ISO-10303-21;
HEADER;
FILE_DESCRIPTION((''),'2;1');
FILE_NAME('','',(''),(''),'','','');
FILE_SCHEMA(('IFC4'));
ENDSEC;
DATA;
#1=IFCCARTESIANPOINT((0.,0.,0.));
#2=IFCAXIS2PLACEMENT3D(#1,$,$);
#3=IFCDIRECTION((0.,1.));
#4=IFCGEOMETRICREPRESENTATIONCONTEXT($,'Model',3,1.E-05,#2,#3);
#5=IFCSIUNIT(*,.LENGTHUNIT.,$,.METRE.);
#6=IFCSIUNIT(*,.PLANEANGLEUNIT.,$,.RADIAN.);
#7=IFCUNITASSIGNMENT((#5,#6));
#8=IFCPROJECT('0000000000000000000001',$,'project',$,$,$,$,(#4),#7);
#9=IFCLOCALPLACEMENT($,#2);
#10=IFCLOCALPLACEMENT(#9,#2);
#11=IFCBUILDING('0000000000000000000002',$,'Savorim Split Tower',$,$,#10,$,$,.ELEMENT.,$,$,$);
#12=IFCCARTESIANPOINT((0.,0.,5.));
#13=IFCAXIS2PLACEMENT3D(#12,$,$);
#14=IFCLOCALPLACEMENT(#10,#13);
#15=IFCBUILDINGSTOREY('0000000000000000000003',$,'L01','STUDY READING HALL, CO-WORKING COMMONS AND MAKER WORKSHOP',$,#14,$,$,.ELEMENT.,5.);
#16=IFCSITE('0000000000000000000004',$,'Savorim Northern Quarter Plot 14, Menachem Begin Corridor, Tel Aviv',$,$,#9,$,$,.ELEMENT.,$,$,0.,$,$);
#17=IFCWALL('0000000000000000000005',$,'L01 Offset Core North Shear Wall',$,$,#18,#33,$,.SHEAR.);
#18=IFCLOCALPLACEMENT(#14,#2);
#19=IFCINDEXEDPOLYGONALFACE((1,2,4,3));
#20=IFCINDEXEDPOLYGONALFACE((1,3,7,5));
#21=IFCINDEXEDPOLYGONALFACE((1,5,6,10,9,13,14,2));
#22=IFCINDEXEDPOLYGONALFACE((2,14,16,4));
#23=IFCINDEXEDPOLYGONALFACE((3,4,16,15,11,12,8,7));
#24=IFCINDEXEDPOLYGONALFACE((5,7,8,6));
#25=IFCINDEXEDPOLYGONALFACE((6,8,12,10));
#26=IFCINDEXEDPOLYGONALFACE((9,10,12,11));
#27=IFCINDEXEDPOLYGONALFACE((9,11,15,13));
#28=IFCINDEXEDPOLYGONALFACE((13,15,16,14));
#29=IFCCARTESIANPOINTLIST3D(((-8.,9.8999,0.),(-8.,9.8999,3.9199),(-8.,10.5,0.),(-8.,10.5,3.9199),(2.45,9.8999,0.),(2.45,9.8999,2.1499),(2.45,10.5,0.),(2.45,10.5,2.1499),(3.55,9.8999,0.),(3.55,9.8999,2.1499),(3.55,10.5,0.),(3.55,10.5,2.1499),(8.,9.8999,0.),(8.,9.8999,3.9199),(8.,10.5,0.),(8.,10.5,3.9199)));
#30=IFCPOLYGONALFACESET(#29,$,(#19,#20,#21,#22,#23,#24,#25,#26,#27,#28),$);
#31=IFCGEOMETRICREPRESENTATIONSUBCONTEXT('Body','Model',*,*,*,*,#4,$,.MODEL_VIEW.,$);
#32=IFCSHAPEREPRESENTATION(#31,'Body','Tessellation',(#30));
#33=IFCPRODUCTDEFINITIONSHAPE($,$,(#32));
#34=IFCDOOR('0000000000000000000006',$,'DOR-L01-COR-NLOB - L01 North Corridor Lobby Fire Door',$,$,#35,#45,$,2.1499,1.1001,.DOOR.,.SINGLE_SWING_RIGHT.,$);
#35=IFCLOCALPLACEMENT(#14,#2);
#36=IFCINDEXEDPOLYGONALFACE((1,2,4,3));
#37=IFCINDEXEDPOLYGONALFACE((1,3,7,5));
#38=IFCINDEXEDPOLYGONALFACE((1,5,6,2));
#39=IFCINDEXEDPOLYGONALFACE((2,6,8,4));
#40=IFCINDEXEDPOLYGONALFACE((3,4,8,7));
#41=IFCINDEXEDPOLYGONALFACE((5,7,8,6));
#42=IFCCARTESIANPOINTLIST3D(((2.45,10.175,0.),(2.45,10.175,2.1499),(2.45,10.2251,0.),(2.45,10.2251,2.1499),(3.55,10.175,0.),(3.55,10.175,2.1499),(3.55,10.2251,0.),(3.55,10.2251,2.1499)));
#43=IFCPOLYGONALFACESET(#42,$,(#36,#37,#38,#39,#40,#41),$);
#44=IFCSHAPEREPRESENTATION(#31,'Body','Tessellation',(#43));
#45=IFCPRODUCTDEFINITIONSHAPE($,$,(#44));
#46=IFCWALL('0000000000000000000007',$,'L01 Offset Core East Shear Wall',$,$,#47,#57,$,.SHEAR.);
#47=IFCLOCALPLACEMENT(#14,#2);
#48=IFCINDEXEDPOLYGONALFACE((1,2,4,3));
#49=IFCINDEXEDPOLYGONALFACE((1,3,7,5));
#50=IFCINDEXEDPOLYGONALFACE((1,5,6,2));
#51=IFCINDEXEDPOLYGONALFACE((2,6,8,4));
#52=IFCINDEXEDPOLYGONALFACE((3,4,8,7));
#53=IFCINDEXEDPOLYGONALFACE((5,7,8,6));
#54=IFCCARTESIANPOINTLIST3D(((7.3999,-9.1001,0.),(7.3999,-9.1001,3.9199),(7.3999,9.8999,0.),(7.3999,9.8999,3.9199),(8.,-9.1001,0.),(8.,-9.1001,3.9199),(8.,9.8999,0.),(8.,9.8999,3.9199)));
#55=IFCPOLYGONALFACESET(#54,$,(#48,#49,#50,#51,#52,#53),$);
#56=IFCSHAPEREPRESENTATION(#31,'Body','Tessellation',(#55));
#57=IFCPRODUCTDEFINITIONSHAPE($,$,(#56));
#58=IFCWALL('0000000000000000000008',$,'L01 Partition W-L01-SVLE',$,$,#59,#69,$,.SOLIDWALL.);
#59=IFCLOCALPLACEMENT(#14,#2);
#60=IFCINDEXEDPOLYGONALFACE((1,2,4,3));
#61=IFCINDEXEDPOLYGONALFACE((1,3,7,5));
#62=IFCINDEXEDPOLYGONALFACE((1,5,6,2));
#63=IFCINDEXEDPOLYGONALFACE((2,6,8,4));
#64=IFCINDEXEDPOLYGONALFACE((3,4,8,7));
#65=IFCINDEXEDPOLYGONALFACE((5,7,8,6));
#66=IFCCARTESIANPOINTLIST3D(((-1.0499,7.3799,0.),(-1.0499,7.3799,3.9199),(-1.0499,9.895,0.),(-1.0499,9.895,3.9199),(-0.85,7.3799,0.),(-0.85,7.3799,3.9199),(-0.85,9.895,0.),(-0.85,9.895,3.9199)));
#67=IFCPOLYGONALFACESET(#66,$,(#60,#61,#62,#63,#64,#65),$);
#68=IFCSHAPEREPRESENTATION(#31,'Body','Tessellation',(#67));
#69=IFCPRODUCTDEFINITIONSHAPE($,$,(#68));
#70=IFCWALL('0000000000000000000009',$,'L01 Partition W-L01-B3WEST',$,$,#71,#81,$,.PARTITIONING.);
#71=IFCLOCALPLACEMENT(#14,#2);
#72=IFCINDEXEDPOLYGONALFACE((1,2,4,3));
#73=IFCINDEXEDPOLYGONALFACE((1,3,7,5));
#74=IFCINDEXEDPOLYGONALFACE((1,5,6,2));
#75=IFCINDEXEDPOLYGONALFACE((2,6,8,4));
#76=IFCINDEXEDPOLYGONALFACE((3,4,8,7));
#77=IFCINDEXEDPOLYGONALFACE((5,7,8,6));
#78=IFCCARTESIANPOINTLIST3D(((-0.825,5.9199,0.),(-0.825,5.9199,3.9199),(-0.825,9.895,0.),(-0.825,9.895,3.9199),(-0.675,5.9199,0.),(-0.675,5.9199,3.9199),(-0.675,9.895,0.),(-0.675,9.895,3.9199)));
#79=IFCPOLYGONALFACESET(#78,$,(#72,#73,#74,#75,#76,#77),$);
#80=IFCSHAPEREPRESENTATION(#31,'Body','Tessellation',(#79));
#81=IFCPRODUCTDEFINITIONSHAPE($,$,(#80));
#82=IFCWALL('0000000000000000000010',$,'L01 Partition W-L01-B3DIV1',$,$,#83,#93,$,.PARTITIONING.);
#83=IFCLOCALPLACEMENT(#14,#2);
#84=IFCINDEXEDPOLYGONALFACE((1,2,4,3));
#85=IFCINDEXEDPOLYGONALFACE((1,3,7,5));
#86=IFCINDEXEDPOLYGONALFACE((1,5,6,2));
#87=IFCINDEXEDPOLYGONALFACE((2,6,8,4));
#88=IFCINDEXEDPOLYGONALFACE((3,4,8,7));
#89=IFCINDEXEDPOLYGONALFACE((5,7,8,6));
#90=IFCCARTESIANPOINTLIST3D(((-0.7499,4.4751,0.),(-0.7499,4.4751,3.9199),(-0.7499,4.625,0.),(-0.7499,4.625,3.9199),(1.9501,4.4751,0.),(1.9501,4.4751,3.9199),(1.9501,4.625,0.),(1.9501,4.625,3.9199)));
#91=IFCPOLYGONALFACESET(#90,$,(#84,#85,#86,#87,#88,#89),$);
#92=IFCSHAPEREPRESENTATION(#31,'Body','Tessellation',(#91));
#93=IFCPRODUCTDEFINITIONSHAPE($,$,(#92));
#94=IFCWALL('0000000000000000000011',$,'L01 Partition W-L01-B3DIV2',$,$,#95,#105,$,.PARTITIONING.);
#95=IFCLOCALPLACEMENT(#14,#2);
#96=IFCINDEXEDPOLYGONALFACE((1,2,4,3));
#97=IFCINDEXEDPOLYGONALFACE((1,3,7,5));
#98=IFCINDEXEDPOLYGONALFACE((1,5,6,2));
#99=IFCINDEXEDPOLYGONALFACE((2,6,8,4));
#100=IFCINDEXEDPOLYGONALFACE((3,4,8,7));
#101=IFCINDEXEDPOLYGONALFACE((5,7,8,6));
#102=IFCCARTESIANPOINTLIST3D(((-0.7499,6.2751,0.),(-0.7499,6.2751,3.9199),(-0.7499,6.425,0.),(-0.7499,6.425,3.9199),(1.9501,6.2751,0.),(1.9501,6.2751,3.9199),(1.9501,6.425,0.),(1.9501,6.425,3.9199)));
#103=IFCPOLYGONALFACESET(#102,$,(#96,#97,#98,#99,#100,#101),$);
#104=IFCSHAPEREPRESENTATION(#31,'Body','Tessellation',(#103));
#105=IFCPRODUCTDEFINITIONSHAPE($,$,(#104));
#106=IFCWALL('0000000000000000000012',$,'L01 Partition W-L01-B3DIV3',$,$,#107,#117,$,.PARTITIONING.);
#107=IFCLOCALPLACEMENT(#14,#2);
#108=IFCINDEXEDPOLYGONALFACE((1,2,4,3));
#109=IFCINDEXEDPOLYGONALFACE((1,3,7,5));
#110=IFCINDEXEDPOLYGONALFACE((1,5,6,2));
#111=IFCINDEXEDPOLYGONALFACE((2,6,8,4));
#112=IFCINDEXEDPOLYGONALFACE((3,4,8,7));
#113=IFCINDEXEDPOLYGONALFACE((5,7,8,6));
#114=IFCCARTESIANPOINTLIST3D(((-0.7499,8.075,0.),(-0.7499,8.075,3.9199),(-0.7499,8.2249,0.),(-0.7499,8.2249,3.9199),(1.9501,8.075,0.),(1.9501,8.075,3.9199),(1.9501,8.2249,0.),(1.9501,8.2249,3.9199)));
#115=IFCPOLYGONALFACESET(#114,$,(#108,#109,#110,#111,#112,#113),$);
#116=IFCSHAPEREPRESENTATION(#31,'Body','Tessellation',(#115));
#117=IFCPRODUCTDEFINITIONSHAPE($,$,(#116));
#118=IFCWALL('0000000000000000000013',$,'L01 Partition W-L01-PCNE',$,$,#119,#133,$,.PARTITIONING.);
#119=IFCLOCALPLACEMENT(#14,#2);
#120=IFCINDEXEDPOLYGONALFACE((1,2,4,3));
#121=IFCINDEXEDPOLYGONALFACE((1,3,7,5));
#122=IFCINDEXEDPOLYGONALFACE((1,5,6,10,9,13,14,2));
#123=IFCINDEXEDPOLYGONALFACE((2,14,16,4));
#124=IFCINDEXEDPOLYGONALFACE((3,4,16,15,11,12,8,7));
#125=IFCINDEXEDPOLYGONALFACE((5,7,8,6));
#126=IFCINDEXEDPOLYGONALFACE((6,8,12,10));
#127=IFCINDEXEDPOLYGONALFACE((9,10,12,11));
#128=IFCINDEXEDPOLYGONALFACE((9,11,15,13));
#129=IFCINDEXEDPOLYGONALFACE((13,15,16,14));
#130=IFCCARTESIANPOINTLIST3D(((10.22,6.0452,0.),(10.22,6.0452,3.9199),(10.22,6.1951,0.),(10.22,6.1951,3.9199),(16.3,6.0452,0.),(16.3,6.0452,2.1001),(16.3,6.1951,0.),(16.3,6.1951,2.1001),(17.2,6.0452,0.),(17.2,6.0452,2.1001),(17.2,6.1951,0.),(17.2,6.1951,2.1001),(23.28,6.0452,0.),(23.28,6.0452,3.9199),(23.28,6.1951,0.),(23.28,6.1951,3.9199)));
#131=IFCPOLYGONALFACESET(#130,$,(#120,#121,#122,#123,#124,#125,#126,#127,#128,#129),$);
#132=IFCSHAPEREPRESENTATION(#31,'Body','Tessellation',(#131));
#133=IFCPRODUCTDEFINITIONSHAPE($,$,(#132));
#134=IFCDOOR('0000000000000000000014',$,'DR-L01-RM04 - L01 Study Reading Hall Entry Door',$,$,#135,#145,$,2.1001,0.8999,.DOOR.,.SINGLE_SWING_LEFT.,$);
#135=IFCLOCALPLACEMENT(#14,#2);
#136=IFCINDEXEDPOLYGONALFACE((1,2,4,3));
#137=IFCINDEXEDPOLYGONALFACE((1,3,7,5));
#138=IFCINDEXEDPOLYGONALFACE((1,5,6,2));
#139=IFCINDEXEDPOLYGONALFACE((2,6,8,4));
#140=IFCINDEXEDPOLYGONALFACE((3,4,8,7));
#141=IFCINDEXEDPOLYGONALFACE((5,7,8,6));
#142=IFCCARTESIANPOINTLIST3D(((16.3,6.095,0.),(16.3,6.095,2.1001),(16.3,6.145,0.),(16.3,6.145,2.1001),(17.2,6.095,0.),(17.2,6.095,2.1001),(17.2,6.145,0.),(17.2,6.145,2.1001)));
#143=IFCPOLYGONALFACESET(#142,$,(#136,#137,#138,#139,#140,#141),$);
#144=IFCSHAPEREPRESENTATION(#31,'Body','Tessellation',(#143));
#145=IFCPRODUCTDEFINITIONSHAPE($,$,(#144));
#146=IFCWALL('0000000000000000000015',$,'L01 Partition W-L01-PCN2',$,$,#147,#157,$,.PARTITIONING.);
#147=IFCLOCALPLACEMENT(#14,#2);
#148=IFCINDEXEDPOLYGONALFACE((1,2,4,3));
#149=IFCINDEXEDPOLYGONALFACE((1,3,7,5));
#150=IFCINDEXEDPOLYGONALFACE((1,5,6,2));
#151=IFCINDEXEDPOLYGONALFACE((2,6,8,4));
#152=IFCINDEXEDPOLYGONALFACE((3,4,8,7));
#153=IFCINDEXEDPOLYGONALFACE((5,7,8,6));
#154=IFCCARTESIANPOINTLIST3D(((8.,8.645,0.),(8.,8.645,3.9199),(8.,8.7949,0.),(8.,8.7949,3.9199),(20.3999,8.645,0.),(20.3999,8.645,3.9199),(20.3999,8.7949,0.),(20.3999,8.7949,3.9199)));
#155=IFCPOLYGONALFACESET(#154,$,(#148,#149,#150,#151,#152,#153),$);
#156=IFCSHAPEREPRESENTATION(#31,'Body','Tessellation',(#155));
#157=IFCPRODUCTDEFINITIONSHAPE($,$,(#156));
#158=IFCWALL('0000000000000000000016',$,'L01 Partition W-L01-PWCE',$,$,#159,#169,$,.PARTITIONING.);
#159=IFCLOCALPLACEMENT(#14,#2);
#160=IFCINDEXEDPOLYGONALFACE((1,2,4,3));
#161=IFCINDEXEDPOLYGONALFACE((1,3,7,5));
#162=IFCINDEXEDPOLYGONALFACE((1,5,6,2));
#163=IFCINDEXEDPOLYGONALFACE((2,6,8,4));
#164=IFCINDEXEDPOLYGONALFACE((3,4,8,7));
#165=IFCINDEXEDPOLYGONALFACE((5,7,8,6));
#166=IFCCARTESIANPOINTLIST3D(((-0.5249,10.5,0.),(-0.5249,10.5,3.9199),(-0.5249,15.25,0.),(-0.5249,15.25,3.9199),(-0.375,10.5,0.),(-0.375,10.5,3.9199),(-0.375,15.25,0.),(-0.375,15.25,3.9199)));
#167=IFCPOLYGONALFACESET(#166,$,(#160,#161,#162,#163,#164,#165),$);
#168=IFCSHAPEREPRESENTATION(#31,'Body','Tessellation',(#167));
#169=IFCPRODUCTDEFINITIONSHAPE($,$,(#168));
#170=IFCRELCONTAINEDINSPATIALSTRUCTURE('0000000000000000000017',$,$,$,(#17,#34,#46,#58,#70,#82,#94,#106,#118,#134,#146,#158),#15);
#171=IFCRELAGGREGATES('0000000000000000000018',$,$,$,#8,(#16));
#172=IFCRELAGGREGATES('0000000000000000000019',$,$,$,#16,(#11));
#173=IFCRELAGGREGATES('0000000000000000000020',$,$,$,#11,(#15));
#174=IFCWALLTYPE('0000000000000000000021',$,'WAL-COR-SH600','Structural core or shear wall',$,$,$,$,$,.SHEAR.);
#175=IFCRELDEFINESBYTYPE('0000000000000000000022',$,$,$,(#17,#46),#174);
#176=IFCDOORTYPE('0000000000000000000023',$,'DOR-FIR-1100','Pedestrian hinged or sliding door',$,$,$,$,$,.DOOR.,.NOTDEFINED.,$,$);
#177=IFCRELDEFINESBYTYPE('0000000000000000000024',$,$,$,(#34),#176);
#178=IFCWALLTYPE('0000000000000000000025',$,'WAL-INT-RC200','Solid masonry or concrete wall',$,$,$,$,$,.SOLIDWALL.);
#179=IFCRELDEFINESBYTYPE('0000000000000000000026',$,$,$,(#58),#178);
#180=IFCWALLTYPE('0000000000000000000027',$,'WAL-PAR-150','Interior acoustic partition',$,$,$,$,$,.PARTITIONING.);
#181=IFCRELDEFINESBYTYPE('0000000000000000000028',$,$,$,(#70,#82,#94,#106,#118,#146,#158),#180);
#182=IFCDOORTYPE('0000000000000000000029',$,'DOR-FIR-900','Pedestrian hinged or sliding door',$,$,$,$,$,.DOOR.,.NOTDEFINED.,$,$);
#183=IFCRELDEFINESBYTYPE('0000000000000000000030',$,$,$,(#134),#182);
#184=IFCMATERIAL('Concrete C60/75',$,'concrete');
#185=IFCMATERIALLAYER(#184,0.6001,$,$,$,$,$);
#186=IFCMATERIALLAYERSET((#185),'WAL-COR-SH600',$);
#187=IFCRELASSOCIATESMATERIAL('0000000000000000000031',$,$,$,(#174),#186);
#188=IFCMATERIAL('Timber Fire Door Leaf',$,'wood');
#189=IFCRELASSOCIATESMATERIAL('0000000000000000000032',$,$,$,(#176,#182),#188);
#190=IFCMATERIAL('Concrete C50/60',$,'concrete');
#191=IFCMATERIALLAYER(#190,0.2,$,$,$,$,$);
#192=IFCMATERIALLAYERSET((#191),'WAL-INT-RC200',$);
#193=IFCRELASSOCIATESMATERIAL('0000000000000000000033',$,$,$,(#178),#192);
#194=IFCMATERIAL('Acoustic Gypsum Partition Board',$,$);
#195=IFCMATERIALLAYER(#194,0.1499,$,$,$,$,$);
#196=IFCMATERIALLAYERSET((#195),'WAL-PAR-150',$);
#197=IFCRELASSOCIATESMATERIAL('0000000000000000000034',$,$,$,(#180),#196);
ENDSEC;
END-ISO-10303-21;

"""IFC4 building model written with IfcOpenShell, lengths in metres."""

from ifc_helpers import new_model, si_unit, direction, frame, frame_2d, origin, place, context, subcontext, project, spatial, rectangle, extrude, material, layer, layer_set, type_object, element, fill, save


model = new_model("IFC4")

# Units and contexts
model_context = context("Model", 3, precision=1e-05, world=origin(), true_north=direction((0.0, 1.0)))
body_context = subcontext(model_context, "Body", "Model", "MODEL_VIEW")
ifc_project = project(units=[si_unit("LENGTHUNIT", "METRE"), si_unit("PLANEANGLEUNIT", "RADIAN")], contexts=[model_context])

# Site, building, storey
site_placement = place(None, origin())
site = spatial("IfcSite", under=ifc_project, at=site_placement, Name="Savorim Northern Quarter Plot 14, Menachem Begin Corridor, Tel Aviv", CompositionType="ELEMENT", RefElevation=0.0)
building_placement = place(site_placement, origin())
building = spatial("IfcBuilding", under=site, at=building_placement, Name="Savorim Split Tower", CompositionType="ELEMENT")
storey_placement = place(building_placement, frame((0.0, 0.0, 5.0)))
storey = spatial("IfcBuildingStorey", under=building, at=storey_placement, Name="L01", Description="STUDY READING HALL, CO-WORKING COMMONS AND MAKER WORKSHOP", CompositionType="ELEMENT", Elevation=5.0)

# Shared definitions
ifc_material_1 = material(Name="Concrete C60/75", Category="concrete")

# Wall, opening, door
ifc_layer_1 = layer(ifc_material_1, 0.6001)
ifc_layer_set_1 = layer_set([ifc_layer_1], Name="WAL-COR-SH600")
wall_type_1 = type_object("IfcWallType", Name="WAL-COR-SH600", Description="Structural core or shear wall", PredefinedType="SHEAR", material=ifc_layer_set_1)
wall_1_placement = place(storey_placement, frame((8.0, 10.2, 0.0), z_axis=(0.0, 0.0, 1.0), x_axis=(-1.0, 0.0, 0.0)))
wall_1 = element("IfcWall", 1, at=wall_1_placement, inside=storey, type_object=wall_type_1, Name="L01 Offset Core North Shear Wall", PredefinedType="SHEAR", context=body_context, shape_type="SweptSolid", body=[
    extrude(rectangle(XDim=16.0, YDim=0.6001, at=frame_2d((8.0, 0.0))), origin(), (0.0, 0.0, 1.0), 3.9199),
])
opening_1_placement = place(wall_1_placement, frame((4.45, 0.0, 0.0)))
opening_1 = element("IfcOpeningElement", 2, at=opening_1_placement, cuts=wall_1, PredefinedType="OPENING", context=body_context, shape_type="SweptSolid", body=[
    extrude(rectangle(XDim=1.1001, YDim=2.1499, at=frame_2d((0.55, 1.075))), frame((0.0, 0.3101, 0.0), z_axis=(0.0, -1.0, 0.0), x_axis=(1.0, 0.0, 0.0)), (0.0, 0.0, 1.0), 0.6201),
])
ifc_material_2 = material(Name="Timber Fire Door Leaf", Category="wood")
door_type_1 = type_object("IfcDoorType", Name="DOR-FIR-1100", Description="Pedestrian hinged or sliding door", OperationType="NOTDEFINED", PredefinedType="DOOR", material=ifc_material_2)
door_1_placement = place(opening_1_placement, origin())
door_1 = element("IfcDoor", 3, at=door_1_placement, inside=storey, type_object=door_type_1, Name="DOR-L01-COR-NLOB - L01 North Corridor Lobby Fire Door", OperationType="SINGLE_SWING_RIGHT", OverallHeight=2.1499, OverallWidth=1.1001, PredefinedType="DOOR", context=body_context, shape_type="SweptSolid", body=[
    extrude(rectangle(XDim=1.1001, YDim=2.1499, at=frame_2d((0.55, 1.075))), frame((0.0, 0.0249, 0.0), z_axis=(0.0, -1.0, 0.0), x_axis=(1.0, 0.0, 0.0)), (0.0, 0.0, 1.0), 0.05),
])
fill(opening_1, door_1)

# Walls
wall_2_placement = place(storey_placement, frame((7.7, 9.8999, 0.0), z_axis=(0.0, 0.0, 1.0), x_axis=(0.0, -1.0, 0.0)))
element("IfcWall", 4, at=wall_2_placement, inside=storey, type_object=wall_type_1, Name="L01 Offset Core East Shear Wall", PredefinedType="SHEAR", context=body_context, shape_type="SweptSolid", body=[
    extrude(rectangle(XDim=19.0, YDim=0.6001, at=frame_2d((9.5, 0.0))), origin(), (0.0, 0.0, 1.0), 3.9199),
])
ifc_material_3 = material(Name="Concrete C50/60", Category="concrete")
ifc_layer_2 = layer(ifc_material_3, 0.2)
ifc_layer_set_2 = layer_set([ifc_layer_2], Name="WAL-INT-RC200")
wall_type_2 = type_object("IfcWallType", Name="WAL-INT-RC200", Description="Solid masonry or concrete wall", PredefinedType="SOLIDWALL", material=ifc_layer_set_2)
wall_3_placement = place(storey_placement, frame((-0.95, 7.3799, 0.0), z_axis=(0.0, 0.0, 1.0), x_axis=(0.0, 1.0, 0.0)))
element("IfcWall", 5, at=wall_3_placement, inside=storey, type_object=wall_type_2, Name="L01 Partition W-L01-SVLE", PredefinedType="SOLIDWALL", context=body_context, shape_type="SweptSolid", body=[
    extrude(rectangle(XDim=2.5151, YDim=0.2, at=frame_2d((1.2576, 0.0))), origin(), (0.0, 0.0, 1.0), 3.9199),
])
ifc_material_4 = material(Name="Acoustic Gypsum Partition Board")
ifc_layer_3 = layer(ifc_material_4, 0.1499)
ifc_layer_set_3 = layer_set([ifc_layer_3], Name="WAL-PAR-150")
wall_type_3 = type_object("IfcWallType", Name="WAL-PAR-150", Description="Interior acoustic partition", PredefinedType="PARTITIONING", material=ifc_layer_set_3)
wall_4_placement = place(storey_placement, frame((-0.75, 5.9199, 0.0), z_axis=(0.0, 0.0, 1.0), x_axis=(0.0, 1.0, 0.0)))
element("IfcWall", 6, at=wall_4_placement, inside=storey, type_object=wall_type_3, Name="L01 Partition W-L01-B3WEST", PredefinedType="PARTITIONING", context=body_context, shape_type="SweptSolid", body=[
    extrude(rectangle(XDim=3.9751, YDim=0.1499, at=frame_2d((1.9875, 0.0))), origin(), (0.0, 0.0, 1.0), 3.9199),
])
for number, where, z_axis, x_axis, name in (
    (7, (-0.75, 4.55, 0.0), (0.0, 0.0, 1.0), (1.0, 0.0, 0.0), "L01 Partition W-L01-B3DIV1"),
    (8, (-0.75, 6.3501, 0.0), (0.0, 0.0, 1.0), (1.0, 0.0, 0.0), "L01 Partition W-L01-B3DIV2"),
    (9, (-0.75, 8.1499, 0.0), (0.0, 0.0, 1.0), (1.0, 0.0, 0.0), "L01 Partition W-L01-B3DIV3"),
):
    element("IfcWall", number, at=place(storey_placement, frame(where, z_axis=z_axis, x_axis=x_axis)), inside=storey, type_object=wall_type_3, Name=name, PredefinedType="PARTITIONING", context=body_context, shape_type="SweptSolid", body=[
        extrude(rectangle(XDim=2.7, YDim=0.1499, at=frame_2d((1.3501, 0.0))), origin(), (0.0, 0.0, 1.0), 3.9199),
    ])

# Wall, opening, door
wall_5_placement = place(storey_placement, frame((10.22, 6.1201, 0.0), z_axis=(0.0, 0.0, 1.0), x_axis=(1.0, 0.0, 0.0)))
wall_5 = element("IfcWall", 10, at=wall_5_placement, inside=storey, type_object=wall_type_3, Name="L01 Partition W-L01-PCNE", PredefinedType="PARTITIONING", context=body_context, shape_type="SweptSolid", body=[
    extrude(rectangle(XDim=13.0601, YDim=0.1499, at=frame_2d((6.53, 0.0))), origin(), (0.0, 0.0, 1.0), 3.9199),
])
opening_2_placement = place(wall_5_placement, frame((6.0801, 0.0, 0.0)))
opening_2 = element("IfcOpeningElement", 11, at=opening_2_placement, cuts=wall_5, PredefinedType="OPENING", context=body_context, shape_type="SweptSolid", body=[
    extrude(rectangle(XDim=0.8999, YDim=2.1001, at=frame_2d((0.45, 1.05))), frame((0.0, 0.085, 0.0), z_axis=(0.0, -1.0, 0.0), x_axis=(1.0, 0.0, 0.0)), (0.0, 0.0, 1.0), 0.1699),
])
door_type_2 = type_object("IfcDoorType", Name="DOR-FIR-900", Description="Pedestrian hinged or sliding door", OperationType="NOTDEFINED", PredefinedType="DOOR", material=ifc_material_2)
door_2_placement = place(opening_2_placement, origin())
door_2 = element("IfcDoor", 12, at=door_2_placement, inside=storey, type_object=door_type_2, Name="DR-L01-RM04 - L01 Study Reading Hall Entry Door", OperationType="SINGLE_SWING_LEFT", OverallHeight=2.1001, OverallWidth=0.8999, PredefinedType="DOOR", context=body_context, shape_type="SweptSolid", body=[
    extrude(rectangle(XDim=0.8999, YDim=2.1001, at=frame_2d((0.45, 1.05))), frame((0.0, 0.0249, 0.0), z_axis=(0.0, -1.0, 0.0), x_axis=(1.0, 0.0, 0.0)), (0.0, 0.0, 1.0), 0.05),
])
fill(opening_2, door_2)

# Walls
wall_6_placement = place(storey_placement, frame((8.0, 8.72, 0.0), z_axis=(0.0, 0.0, 1.0), x_axis=(1.0, 0.0, 0.0)))
element("IfcWall", 13, at=wall_6_placement, inside=storey, type_object=wall_type_3, Name="L01 Partition W-L01-PCN2", PredefinedType="PARTITIONING", context=body_context, shape_type="SweptSolid", body=[
    extrude(rectangle(XDim=12.3999, YDim=0.1499, at=frame_2d((6.2, 0.0))), origin(), (0.0, 0.0, 1.0), 3.9199),
])
wall_7_placement = place(storey_placement, frame((-0.45, 10.5, 0.0), z_axis=(0.0, 0.0, 1.0), x_axis=(0.0, 1.0, 0.0)))
element("IfcWall", 14, at=wall_7_placement, inside=storey, type_object=wall_type_3, Name="L01 Partition W-L01-PWCE", PredefinedType="PARTITIONING", context=body_context, shape_type="SweptSolid", body=[
    extrude(rectangle(XDim=4.75, YDim=0.1499, at=frame_2d((2.375, 0.0))), origin(), (0.0, 0.0, 1.0), 3.9199),
])

save(model, "model.ifc")
